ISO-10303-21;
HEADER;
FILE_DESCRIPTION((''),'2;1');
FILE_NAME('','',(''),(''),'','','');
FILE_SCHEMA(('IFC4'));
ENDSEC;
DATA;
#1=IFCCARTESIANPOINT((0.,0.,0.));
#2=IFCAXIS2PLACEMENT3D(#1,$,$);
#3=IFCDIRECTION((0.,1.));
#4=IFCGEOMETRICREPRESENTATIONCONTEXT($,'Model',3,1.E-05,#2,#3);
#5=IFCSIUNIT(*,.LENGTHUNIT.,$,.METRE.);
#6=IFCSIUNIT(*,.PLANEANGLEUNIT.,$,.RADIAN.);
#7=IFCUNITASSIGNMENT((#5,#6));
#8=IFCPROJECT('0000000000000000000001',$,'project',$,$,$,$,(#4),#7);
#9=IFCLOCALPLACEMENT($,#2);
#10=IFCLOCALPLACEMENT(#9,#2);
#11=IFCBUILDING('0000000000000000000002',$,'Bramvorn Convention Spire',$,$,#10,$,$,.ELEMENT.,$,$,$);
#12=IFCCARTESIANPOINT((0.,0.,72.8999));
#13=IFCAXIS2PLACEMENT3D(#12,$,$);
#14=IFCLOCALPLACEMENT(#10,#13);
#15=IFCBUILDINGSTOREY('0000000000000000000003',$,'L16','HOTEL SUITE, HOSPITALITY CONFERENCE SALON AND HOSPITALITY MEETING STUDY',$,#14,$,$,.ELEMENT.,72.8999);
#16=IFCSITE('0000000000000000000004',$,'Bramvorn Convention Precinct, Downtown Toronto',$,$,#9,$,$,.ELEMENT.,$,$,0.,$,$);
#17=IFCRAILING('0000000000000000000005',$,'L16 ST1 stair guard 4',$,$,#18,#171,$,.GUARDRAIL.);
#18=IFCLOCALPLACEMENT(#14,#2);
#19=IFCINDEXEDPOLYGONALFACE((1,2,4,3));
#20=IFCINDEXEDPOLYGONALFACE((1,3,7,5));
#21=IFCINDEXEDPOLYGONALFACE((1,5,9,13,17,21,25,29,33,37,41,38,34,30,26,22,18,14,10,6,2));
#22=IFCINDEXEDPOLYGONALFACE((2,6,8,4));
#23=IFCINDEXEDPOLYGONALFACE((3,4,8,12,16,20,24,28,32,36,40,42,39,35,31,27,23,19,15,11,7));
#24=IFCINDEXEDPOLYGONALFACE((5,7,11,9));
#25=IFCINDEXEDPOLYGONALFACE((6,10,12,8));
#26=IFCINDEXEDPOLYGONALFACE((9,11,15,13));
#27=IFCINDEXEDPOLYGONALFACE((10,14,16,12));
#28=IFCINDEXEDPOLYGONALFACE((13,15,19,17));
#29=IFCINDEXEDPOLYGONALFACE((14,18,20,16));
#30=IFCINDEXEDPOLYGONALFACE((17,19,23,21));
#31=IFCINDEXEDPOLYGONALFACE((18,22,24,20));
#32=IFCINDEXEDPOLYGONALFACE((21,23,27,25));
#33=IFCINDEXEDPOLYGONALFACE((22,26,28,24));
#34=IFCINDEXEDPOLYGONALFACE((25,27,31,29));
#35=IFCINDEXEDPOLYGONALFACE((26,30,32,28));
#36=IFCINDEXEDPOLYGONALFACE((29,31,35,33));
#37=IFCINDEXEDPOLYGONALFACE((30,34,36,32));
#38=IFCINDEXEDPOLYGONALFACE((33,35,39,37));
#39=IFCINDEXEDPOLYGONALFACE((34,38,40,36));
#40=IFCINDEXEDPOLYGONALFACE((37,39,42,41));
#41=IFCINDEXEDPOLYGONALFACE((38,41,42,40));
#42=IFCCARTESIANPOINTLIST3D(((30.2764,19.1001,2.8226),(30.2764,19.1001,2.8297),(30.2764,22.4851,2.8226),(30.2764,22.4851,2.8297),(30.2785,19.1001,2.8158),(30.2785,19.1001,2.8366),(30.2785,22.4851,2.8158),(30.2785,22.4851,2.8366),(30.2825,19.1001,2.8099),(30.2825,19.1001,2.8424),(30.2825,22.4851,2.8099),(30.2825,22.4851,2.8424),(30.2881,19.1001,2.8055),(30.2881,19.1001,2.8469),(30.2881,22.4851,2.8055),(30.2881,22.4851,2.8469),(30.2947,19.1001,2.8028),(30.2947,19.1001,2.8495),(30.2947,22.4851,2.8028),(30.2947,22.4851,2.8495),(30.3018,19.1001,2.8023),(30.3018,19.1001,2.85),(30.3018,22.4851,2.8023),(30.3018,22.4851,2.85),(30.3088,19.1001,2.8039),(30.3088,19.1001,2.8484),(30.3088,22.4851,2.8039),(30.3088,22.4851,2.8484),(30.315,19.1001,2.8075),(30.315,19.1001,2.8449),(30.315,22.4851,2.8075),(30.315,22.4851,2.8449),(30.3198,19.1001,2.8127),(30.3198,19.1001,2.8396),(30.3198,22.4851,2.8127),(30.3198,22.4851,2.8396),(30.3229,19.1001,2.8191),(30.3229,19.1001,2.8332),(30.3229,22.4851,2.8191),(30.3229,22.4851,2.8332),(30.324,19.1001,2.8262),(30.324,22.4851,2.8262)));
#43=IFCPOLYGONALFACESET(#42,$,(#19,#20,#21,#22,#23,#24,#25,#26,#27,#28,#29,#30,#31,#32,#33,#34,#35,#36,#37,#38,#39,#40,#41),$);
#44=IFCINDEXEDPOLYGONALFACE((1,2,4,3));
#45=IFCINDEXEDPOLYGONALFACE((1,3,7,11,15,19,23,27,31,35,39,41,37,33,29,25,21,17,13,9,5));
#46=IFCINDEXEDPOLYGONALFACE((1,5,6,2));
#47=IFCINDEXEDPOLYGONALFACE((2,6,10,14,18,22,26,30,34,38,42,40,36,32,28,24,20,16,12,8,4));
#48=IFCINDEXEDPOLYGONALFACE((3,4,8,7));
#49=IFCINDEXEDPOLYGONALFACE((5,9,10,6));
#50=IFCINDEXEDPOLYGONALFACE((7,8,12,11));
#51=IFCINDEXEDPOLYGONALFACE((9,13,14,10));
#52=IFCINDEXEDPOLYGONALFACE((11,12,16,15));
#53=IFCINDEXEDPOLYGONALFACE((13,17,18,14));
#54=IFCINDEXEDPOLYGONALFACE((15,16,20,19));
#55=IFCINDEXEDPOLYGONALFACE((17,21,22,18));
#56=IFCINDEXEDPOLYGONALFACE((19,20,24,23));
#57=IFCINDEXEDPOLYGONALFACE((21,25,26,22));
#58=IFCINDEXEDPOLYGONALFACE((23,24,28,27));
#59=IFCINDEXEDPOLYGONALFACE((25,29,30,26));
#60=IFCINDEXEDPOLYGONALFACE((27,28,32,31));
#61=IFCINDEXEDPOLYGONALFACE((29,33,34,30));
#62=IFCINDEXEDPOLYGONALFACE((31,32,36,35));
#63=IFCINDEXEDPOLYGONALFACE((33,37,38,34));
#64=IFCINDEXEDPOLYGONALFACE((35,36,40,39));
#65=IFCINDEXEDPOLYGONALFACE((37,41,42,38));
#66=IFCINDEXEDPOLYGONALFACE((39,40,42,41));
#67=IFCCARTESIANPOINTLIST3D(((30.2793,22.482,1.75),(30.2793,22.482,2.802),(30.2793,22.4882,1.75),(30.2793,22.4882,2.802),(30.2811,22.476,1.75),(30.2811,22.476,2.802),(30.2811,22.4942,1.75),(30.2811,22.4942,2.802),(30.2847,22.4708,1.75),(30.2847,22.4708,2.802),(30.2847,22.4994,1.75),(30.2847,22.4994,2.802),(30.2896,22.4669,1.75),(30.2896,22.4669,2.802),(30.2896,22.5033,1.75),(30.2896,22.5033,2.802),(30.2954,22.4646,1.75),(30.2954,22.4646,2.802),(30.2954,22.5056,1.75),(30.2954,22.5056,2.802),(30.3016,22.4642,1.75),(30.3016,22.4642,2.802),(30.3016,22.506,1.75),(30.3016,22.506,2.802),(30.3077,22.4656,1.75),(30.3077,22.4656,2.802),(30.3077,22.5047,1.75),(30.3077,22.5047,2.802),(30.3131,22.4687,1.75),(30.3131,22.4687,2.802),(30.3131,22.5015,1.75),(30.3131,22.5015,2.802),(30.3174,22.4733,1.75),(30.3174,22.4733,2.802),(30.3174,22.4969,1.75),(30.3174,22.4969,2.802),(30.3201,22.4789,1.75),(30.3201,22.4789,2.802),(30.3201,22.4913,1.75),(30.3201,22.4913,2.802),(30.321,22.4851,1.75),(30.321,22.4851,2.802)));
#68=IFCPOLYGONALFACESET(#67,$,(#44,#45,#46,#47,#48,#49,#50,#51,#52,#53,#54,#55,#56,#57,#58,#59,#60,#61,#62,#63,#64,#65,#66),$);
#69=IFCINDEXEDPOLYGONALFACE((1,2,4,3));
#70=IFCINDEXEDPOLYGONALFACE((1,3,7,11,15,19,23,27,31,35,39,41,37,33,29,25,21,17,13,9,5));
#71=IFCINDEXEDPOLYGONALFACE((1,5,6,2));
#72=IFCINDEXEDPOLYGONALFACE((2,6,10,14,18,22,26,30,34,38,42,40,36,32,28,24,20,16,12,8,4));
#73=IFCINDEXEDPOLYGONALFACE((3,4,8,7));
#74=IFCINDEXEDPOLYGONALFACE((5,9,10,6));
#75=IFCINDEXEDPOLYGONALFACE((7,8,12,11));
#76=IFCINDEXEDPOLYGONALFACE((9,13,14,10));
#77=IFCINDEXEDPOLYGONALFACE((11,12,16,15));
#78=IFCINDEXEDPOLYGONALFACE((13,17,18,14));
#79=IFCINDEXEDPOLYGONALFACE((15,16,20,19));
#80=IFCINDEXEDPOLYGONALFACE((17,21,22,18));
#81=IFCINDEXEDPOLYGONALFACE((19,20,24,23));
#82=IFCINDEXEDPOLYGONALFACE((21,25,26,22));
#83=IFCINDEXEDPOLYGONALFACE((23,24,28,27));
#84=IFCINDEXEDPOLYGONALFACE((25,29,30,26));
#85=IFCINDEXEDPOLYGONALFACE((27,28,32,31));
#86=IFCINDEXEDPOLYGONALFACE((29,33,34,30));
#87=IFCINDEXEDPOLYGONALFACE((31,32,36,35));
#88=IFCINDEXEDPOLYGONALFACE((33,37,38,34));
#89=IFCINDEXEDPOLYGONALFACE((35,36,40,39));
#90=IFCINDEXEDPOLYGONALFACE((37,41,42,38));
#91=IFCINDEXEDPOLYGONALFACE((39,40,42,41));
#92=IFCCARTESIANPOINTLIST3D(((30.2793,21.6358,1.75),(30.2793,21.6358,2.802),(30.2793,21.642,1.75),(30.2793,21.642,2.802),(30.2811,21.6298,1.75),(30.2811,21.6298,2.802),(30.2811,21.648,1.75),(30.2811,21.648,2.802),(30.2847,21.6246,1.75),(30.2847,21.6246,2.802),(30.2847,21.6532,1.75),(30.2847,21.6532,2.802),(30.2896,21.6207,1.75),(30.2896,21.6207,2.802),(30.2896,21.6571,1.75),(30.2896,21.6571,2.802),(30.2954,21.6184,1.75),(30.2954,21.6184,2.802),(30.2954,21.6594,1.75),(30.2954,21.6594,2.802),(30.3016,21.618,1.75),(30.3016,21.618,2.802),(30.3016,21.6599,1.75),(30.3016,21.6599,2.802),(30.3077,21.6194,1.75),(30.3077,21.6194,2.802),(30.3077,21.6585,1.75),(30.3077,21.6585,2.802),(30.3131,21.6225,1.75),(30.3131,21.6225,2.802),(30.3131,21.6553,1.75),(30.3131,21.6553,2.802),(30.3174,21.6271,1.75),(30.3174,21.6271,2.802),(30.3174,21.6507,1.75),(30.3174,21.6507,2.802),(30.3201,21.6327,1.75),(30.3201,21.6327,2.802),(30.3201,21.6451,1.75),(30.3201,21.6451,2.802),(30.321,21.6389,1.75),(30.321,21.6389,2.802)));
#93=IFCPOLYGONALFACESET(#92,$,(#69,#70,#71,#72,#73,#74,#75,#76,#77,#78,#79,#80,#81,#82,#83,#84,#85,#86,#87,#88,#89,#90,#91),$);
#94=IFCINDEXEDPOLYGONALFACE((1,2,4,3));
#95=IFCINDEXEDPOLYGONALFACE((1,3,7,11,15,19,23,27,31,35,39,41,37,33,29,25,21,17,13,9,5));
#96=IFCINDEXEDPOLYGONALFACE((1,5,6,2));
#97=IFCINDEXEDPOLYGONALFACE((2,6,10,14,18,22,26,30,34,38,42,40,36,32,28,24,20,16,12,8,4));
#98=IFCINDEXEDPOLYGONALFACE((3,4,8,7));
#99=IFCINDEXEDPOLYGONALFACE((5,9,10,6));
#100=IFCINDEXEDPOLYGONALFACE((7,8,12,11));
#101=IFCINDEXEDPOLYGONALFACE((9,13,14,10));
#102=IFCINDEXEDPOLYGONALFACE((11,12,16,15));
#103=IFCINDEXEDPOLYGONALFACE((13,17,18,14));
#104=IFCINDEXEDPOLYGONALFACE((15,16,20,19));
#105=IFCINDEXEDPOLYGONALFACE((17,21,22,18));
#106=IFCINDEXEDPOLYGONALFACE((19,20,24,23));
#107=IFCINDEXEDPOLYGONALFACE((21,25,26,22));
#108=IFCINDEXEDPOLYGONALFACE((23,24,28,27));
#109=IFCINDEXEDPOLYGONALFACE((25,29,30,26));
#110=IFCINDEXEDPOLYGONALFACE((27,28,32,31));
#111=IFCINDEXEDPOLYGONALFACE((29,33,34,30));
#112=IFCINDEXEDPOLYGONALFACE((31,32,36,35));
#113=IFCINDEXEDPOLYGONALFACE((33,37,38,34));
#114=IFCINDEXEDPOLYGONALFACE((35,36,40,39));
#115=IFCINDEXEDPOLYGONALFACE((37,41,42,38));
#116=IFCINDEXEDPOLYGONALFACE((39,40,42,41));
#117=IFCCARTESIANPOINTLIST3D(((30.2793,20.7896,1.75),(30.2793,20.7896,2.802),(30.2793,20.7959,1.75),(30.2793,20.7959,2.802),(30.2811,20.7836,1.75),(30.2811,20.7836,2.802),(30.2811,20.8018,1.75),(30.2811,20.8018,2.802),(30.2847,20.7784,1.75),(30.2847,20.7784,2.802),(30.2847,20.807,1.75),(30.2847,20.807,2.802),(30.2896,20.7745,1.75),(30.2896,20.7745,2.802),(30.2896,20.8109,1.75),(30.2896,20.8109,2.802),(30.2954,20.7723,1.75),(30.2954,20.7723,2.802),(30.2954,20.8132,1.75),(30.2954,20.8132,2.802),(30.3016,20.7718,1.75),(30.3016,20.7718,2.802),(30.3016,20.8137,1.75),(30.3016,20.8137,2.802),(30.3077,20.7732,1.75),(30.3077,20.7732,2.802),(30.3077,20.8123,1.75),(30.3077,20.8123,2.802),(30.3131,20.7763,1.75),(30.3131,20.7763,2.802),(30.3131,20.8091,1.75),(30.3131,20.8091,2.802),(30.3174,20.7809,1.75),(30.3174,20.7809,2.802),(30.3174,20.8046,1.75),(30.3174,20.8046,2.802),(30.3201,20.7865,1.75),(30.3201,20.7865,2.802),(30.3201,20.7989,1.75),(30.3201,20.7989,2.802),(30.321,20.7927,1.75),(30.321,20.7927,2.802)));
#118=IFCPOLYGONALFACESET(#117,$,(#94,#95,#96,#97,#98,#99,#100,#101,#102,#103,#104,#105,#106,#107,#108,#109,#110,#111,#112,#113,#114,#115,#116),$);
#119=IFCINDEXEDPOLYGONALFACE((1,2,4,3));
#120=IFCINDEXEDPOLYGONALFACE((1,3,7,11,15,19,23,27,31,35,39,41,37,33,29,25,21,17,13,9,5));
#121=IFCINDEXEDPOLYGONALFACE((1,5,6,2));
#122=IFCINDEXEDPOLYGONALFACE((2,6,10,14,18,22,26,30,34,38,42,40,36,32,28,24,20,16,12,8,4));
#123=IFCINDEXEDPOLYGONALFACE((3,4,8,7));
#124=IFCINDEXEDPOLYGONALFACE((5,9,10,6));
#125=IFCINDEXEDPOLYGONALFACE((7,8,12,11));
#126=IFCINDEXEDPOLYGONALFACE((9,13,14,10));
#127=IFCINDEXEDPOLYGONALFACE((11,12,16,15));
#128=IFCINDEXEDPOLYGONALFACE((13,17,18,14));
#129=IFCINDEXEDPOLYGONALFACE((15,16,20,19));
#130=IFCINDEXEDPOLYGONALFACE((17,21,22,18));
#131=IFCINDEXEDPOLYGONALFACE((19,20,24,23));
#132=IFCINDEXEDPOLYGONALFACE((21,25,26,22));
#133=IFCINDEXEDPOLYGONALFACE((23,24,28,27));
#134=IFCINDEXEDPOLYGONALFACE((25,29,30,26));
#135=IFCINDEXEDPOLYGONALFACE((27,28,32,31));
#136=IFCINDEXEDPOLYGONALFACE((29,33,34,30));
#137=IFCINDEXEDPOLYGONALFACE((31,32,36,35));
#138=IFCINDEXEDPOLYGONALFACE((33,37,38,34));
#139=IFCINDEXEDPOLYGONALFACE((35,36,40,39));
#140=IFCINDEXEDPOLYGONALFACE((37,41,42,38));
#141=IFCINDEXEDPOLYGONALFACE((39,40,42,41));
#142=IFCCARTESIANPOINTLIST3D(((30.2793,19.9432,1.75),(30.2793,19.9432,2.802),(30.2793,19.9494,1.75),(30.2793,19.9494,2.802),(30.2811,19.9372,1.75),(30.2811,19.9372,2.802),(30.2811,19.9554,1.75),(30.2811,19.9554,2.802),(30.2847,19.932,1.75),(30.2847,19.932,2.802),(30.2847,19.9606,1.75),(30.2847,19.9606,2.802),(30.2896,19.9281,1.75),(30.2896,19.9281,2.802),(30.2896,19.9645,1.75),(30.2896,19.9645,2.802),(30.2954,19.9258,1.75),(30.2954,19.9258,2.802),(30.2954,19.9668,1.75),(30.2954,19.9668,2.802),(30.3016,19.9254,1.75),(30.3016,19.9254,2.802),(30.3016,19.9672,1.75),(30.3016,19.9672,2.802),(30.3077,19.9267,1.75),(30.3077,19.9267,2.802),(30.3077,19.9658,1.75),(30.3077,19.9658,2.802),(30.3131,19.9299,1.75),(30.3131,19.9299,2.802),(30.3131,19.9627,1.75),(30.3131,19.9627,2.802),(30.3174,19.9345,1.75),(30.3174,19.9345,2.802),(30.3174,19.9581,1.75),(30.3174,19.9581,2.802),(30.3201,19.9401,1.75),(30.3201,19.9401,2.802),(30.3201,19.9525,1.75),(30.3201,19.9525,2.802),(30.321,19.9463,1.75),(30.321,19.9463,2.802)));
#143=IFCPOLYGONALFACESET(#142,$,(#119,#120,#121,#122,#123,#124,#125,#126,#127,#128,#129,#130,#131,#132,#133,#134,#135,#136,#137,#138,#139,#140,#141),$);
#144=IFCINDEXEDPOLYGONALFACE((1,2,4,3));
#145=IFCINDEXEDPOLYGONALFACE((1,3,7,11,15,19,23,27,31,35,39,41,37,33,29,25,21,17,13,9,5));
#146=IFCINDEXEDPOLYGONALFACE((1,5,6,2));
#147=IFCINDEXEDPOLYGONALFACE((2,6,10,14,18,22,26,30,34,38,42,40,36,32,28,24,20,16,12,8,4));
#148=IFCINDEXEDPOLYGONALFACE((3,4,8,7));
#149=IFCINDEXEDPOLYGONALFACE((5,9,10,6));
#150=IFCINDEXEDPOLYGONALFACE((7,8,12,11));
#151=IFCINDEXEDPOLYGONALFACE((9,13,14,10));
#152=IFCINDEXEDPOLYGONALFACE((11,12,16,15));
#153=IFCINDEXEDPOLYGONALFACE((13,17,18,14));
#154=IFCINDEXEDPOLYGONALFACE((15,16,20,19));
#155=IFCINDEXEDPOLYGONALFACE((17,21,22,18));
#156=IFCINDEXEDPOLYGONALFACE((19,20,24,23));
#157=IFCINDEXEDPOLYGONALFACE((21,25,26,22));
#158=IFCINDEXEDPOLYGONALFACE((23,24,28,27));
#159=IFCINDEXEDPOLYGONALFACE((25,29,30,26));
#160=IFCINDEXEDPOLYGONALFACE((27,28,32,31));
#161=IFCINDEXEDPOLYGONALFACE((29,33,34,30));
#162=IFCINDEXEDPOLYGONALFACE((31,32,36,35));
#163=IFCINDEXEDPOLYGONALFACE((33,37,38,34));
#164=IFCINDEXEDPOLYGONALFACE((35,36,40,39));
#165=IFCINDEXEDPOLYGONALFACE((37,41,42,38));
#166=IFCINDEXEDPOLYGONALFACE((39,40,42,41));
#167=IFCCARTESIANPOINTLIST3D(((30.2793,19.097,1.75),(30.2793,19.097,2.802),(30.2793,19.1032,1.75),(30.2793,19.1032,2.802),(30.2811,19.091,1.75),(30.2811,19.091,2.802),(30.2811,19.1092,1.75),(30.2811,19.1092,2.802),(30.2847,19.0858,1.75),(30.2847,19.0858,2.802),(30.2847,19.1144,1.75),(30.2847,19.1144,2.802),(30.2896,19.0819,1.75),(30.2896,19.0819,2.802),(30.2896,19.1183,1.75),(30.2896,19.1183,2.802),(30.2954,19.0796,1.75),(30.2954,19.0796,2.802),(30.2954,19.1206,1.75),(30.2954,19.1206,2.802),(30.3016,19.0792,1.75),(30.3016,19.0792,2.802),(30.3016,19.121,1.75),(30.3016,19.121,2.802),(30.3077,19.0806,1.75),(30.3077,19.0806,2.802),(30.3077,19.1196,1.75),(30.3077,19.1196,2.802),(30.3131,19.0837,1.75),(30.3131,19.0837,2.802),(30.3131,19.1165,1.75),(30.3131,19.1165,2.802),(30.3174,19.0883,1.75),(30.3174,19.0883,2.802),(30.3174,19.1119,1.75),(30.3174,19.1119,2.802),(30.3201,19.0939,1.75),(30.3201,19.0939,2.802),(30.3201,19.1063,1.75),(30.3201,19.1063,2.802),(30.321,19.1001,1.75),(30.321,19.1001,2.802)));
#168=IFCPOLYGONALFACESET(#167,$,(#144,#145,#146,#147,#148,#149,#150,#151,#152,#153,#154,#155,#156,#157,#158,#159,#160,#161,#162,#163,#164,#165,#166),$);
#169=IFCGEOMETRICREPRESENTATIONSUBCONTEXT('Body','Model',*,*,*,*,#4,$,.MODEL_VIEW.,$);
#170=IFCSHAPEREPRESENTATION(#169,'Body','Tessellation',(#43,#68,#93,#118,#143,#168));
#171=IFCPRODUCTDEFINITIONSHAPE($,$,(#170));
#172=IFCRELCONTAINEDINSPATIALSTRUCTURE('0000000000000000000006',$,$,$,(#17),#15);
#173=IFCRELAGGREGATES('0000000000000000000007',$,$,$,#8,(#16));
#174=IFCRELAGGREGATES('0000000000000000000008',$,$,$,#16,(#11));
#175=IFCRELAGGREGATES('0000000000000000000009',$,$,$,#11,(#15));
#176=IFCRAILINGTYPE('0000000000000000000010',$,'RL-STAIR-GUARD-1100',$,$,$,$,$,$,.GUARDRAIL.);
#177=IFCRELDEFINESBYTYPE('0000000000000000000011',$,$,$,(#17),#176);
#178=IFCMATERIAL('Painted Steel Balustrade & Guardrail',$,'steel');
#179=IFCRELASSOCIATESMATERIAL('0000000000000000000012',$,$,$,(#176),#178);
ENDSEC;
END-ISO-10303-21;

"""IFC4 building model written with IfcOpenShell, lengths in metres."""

from ifc_helpers import new_model, si_unit, direction, frame, origin, origin_2d, place, context, subcontext, project, spatial, circle, extrude, material, type_object, element, save


model = new_model("IFC4")

# Units and contexts
model_context = context("Model", 3, precision=1e-05, world=origin(), true_north=direction((0.0, 1.0)))
body_context = subcontext(model_context, "Body", "Model", "MODEL_VIEW")
ifc_project = project(units=[si_unit("LENGTHUNIT", "METRE"), si_unit("PLANEANGLEUNIT", "RADIAN")], contexts=[model_context])

# Site, building, storey
site_placement = place(None, origin())
site = spatial("IfcSite", under=ifc_project, at=site_placement, Name="Bramvorn Convention Precinct, Downtown Toronto", CompositionType="ELEMENT", RefElevation=0.0)
building_placement = place(site_placement, origin())
building = spatial("IfcBuilding", under=site, at=building_placement, Name="Bramvorn Convention Spire", CompositionType="ELEMENT")
storey_placement = place(building_placement, frame((0.0, 0.0, 72.8999)))
storey = spatial("IfcBuildingStorey", under=building, at=storey_placement, Name="L16", Description="HOTEL SUITE, HOSPITALITY CONFERENCE SALON AND HOSPITALITY MEETING STUDY", CompositionType="ELEMENT", Elevation=72.8999)

# Railing
ifc_material_1 = material(Name="Painted Steel Balustrade & Guardrail", Category="steel")
railing_type_1 = type_object("IfcRailingType", Name="RL-STAIR-GUARD-1100", PredefinedType="GUARDRAIL", material=ifc_material_1)
for number, where, name in (
    (1, (30.3, 22.4851, 1.75), "L16 ST1 stair guard 4"),
):
    element("IfcRailing", number, at=place(storey_placement, frame(where)), inside=storey, type_object=railing_type_1, Name=name, PredefinedType="GUARDRAIL", context=body_context, shape_type="SweptSolid", body=[
        extrude(circle(Radius=0.0239, at=origin_2d()), frame((0.0, 0.0, 1.0762), z_axis=(0.0, -1.0, 0.0), x_axis=(1.0, 0.0, 0.0)), (0.0, 0.0, 1.0), 3.385),
        extrude(circle(Radius=0.021, at=origin_2d()), origin(), (0.0, 0.0, 1.0), 1.052),
        extrude(circle(Radius=0.021, at=origin_2d()), frame((0.0, -0.8462, 0.0)), (0.0, 0.0, 1.0), 1.052),
        extrude(circle(Radius=0.021, at=origin_2d()), frame((0.0, -1.6924, 0.0)), (0.0, 0.0, 1.0), 1.052),
        extrude(circle(Radius=0.021, at=origin_2d()), frame((0.0, -2.5388, 0.0)), (0.0, 0.0, 1.0), 1.052),
        extrude(circle(Radius=0.021, at=origin_2d()), frame((0.0, -3.385, 0.0)), (0.0, 0.0, 1.0), 1.052),
    ])

save(model, "model.ifc")
